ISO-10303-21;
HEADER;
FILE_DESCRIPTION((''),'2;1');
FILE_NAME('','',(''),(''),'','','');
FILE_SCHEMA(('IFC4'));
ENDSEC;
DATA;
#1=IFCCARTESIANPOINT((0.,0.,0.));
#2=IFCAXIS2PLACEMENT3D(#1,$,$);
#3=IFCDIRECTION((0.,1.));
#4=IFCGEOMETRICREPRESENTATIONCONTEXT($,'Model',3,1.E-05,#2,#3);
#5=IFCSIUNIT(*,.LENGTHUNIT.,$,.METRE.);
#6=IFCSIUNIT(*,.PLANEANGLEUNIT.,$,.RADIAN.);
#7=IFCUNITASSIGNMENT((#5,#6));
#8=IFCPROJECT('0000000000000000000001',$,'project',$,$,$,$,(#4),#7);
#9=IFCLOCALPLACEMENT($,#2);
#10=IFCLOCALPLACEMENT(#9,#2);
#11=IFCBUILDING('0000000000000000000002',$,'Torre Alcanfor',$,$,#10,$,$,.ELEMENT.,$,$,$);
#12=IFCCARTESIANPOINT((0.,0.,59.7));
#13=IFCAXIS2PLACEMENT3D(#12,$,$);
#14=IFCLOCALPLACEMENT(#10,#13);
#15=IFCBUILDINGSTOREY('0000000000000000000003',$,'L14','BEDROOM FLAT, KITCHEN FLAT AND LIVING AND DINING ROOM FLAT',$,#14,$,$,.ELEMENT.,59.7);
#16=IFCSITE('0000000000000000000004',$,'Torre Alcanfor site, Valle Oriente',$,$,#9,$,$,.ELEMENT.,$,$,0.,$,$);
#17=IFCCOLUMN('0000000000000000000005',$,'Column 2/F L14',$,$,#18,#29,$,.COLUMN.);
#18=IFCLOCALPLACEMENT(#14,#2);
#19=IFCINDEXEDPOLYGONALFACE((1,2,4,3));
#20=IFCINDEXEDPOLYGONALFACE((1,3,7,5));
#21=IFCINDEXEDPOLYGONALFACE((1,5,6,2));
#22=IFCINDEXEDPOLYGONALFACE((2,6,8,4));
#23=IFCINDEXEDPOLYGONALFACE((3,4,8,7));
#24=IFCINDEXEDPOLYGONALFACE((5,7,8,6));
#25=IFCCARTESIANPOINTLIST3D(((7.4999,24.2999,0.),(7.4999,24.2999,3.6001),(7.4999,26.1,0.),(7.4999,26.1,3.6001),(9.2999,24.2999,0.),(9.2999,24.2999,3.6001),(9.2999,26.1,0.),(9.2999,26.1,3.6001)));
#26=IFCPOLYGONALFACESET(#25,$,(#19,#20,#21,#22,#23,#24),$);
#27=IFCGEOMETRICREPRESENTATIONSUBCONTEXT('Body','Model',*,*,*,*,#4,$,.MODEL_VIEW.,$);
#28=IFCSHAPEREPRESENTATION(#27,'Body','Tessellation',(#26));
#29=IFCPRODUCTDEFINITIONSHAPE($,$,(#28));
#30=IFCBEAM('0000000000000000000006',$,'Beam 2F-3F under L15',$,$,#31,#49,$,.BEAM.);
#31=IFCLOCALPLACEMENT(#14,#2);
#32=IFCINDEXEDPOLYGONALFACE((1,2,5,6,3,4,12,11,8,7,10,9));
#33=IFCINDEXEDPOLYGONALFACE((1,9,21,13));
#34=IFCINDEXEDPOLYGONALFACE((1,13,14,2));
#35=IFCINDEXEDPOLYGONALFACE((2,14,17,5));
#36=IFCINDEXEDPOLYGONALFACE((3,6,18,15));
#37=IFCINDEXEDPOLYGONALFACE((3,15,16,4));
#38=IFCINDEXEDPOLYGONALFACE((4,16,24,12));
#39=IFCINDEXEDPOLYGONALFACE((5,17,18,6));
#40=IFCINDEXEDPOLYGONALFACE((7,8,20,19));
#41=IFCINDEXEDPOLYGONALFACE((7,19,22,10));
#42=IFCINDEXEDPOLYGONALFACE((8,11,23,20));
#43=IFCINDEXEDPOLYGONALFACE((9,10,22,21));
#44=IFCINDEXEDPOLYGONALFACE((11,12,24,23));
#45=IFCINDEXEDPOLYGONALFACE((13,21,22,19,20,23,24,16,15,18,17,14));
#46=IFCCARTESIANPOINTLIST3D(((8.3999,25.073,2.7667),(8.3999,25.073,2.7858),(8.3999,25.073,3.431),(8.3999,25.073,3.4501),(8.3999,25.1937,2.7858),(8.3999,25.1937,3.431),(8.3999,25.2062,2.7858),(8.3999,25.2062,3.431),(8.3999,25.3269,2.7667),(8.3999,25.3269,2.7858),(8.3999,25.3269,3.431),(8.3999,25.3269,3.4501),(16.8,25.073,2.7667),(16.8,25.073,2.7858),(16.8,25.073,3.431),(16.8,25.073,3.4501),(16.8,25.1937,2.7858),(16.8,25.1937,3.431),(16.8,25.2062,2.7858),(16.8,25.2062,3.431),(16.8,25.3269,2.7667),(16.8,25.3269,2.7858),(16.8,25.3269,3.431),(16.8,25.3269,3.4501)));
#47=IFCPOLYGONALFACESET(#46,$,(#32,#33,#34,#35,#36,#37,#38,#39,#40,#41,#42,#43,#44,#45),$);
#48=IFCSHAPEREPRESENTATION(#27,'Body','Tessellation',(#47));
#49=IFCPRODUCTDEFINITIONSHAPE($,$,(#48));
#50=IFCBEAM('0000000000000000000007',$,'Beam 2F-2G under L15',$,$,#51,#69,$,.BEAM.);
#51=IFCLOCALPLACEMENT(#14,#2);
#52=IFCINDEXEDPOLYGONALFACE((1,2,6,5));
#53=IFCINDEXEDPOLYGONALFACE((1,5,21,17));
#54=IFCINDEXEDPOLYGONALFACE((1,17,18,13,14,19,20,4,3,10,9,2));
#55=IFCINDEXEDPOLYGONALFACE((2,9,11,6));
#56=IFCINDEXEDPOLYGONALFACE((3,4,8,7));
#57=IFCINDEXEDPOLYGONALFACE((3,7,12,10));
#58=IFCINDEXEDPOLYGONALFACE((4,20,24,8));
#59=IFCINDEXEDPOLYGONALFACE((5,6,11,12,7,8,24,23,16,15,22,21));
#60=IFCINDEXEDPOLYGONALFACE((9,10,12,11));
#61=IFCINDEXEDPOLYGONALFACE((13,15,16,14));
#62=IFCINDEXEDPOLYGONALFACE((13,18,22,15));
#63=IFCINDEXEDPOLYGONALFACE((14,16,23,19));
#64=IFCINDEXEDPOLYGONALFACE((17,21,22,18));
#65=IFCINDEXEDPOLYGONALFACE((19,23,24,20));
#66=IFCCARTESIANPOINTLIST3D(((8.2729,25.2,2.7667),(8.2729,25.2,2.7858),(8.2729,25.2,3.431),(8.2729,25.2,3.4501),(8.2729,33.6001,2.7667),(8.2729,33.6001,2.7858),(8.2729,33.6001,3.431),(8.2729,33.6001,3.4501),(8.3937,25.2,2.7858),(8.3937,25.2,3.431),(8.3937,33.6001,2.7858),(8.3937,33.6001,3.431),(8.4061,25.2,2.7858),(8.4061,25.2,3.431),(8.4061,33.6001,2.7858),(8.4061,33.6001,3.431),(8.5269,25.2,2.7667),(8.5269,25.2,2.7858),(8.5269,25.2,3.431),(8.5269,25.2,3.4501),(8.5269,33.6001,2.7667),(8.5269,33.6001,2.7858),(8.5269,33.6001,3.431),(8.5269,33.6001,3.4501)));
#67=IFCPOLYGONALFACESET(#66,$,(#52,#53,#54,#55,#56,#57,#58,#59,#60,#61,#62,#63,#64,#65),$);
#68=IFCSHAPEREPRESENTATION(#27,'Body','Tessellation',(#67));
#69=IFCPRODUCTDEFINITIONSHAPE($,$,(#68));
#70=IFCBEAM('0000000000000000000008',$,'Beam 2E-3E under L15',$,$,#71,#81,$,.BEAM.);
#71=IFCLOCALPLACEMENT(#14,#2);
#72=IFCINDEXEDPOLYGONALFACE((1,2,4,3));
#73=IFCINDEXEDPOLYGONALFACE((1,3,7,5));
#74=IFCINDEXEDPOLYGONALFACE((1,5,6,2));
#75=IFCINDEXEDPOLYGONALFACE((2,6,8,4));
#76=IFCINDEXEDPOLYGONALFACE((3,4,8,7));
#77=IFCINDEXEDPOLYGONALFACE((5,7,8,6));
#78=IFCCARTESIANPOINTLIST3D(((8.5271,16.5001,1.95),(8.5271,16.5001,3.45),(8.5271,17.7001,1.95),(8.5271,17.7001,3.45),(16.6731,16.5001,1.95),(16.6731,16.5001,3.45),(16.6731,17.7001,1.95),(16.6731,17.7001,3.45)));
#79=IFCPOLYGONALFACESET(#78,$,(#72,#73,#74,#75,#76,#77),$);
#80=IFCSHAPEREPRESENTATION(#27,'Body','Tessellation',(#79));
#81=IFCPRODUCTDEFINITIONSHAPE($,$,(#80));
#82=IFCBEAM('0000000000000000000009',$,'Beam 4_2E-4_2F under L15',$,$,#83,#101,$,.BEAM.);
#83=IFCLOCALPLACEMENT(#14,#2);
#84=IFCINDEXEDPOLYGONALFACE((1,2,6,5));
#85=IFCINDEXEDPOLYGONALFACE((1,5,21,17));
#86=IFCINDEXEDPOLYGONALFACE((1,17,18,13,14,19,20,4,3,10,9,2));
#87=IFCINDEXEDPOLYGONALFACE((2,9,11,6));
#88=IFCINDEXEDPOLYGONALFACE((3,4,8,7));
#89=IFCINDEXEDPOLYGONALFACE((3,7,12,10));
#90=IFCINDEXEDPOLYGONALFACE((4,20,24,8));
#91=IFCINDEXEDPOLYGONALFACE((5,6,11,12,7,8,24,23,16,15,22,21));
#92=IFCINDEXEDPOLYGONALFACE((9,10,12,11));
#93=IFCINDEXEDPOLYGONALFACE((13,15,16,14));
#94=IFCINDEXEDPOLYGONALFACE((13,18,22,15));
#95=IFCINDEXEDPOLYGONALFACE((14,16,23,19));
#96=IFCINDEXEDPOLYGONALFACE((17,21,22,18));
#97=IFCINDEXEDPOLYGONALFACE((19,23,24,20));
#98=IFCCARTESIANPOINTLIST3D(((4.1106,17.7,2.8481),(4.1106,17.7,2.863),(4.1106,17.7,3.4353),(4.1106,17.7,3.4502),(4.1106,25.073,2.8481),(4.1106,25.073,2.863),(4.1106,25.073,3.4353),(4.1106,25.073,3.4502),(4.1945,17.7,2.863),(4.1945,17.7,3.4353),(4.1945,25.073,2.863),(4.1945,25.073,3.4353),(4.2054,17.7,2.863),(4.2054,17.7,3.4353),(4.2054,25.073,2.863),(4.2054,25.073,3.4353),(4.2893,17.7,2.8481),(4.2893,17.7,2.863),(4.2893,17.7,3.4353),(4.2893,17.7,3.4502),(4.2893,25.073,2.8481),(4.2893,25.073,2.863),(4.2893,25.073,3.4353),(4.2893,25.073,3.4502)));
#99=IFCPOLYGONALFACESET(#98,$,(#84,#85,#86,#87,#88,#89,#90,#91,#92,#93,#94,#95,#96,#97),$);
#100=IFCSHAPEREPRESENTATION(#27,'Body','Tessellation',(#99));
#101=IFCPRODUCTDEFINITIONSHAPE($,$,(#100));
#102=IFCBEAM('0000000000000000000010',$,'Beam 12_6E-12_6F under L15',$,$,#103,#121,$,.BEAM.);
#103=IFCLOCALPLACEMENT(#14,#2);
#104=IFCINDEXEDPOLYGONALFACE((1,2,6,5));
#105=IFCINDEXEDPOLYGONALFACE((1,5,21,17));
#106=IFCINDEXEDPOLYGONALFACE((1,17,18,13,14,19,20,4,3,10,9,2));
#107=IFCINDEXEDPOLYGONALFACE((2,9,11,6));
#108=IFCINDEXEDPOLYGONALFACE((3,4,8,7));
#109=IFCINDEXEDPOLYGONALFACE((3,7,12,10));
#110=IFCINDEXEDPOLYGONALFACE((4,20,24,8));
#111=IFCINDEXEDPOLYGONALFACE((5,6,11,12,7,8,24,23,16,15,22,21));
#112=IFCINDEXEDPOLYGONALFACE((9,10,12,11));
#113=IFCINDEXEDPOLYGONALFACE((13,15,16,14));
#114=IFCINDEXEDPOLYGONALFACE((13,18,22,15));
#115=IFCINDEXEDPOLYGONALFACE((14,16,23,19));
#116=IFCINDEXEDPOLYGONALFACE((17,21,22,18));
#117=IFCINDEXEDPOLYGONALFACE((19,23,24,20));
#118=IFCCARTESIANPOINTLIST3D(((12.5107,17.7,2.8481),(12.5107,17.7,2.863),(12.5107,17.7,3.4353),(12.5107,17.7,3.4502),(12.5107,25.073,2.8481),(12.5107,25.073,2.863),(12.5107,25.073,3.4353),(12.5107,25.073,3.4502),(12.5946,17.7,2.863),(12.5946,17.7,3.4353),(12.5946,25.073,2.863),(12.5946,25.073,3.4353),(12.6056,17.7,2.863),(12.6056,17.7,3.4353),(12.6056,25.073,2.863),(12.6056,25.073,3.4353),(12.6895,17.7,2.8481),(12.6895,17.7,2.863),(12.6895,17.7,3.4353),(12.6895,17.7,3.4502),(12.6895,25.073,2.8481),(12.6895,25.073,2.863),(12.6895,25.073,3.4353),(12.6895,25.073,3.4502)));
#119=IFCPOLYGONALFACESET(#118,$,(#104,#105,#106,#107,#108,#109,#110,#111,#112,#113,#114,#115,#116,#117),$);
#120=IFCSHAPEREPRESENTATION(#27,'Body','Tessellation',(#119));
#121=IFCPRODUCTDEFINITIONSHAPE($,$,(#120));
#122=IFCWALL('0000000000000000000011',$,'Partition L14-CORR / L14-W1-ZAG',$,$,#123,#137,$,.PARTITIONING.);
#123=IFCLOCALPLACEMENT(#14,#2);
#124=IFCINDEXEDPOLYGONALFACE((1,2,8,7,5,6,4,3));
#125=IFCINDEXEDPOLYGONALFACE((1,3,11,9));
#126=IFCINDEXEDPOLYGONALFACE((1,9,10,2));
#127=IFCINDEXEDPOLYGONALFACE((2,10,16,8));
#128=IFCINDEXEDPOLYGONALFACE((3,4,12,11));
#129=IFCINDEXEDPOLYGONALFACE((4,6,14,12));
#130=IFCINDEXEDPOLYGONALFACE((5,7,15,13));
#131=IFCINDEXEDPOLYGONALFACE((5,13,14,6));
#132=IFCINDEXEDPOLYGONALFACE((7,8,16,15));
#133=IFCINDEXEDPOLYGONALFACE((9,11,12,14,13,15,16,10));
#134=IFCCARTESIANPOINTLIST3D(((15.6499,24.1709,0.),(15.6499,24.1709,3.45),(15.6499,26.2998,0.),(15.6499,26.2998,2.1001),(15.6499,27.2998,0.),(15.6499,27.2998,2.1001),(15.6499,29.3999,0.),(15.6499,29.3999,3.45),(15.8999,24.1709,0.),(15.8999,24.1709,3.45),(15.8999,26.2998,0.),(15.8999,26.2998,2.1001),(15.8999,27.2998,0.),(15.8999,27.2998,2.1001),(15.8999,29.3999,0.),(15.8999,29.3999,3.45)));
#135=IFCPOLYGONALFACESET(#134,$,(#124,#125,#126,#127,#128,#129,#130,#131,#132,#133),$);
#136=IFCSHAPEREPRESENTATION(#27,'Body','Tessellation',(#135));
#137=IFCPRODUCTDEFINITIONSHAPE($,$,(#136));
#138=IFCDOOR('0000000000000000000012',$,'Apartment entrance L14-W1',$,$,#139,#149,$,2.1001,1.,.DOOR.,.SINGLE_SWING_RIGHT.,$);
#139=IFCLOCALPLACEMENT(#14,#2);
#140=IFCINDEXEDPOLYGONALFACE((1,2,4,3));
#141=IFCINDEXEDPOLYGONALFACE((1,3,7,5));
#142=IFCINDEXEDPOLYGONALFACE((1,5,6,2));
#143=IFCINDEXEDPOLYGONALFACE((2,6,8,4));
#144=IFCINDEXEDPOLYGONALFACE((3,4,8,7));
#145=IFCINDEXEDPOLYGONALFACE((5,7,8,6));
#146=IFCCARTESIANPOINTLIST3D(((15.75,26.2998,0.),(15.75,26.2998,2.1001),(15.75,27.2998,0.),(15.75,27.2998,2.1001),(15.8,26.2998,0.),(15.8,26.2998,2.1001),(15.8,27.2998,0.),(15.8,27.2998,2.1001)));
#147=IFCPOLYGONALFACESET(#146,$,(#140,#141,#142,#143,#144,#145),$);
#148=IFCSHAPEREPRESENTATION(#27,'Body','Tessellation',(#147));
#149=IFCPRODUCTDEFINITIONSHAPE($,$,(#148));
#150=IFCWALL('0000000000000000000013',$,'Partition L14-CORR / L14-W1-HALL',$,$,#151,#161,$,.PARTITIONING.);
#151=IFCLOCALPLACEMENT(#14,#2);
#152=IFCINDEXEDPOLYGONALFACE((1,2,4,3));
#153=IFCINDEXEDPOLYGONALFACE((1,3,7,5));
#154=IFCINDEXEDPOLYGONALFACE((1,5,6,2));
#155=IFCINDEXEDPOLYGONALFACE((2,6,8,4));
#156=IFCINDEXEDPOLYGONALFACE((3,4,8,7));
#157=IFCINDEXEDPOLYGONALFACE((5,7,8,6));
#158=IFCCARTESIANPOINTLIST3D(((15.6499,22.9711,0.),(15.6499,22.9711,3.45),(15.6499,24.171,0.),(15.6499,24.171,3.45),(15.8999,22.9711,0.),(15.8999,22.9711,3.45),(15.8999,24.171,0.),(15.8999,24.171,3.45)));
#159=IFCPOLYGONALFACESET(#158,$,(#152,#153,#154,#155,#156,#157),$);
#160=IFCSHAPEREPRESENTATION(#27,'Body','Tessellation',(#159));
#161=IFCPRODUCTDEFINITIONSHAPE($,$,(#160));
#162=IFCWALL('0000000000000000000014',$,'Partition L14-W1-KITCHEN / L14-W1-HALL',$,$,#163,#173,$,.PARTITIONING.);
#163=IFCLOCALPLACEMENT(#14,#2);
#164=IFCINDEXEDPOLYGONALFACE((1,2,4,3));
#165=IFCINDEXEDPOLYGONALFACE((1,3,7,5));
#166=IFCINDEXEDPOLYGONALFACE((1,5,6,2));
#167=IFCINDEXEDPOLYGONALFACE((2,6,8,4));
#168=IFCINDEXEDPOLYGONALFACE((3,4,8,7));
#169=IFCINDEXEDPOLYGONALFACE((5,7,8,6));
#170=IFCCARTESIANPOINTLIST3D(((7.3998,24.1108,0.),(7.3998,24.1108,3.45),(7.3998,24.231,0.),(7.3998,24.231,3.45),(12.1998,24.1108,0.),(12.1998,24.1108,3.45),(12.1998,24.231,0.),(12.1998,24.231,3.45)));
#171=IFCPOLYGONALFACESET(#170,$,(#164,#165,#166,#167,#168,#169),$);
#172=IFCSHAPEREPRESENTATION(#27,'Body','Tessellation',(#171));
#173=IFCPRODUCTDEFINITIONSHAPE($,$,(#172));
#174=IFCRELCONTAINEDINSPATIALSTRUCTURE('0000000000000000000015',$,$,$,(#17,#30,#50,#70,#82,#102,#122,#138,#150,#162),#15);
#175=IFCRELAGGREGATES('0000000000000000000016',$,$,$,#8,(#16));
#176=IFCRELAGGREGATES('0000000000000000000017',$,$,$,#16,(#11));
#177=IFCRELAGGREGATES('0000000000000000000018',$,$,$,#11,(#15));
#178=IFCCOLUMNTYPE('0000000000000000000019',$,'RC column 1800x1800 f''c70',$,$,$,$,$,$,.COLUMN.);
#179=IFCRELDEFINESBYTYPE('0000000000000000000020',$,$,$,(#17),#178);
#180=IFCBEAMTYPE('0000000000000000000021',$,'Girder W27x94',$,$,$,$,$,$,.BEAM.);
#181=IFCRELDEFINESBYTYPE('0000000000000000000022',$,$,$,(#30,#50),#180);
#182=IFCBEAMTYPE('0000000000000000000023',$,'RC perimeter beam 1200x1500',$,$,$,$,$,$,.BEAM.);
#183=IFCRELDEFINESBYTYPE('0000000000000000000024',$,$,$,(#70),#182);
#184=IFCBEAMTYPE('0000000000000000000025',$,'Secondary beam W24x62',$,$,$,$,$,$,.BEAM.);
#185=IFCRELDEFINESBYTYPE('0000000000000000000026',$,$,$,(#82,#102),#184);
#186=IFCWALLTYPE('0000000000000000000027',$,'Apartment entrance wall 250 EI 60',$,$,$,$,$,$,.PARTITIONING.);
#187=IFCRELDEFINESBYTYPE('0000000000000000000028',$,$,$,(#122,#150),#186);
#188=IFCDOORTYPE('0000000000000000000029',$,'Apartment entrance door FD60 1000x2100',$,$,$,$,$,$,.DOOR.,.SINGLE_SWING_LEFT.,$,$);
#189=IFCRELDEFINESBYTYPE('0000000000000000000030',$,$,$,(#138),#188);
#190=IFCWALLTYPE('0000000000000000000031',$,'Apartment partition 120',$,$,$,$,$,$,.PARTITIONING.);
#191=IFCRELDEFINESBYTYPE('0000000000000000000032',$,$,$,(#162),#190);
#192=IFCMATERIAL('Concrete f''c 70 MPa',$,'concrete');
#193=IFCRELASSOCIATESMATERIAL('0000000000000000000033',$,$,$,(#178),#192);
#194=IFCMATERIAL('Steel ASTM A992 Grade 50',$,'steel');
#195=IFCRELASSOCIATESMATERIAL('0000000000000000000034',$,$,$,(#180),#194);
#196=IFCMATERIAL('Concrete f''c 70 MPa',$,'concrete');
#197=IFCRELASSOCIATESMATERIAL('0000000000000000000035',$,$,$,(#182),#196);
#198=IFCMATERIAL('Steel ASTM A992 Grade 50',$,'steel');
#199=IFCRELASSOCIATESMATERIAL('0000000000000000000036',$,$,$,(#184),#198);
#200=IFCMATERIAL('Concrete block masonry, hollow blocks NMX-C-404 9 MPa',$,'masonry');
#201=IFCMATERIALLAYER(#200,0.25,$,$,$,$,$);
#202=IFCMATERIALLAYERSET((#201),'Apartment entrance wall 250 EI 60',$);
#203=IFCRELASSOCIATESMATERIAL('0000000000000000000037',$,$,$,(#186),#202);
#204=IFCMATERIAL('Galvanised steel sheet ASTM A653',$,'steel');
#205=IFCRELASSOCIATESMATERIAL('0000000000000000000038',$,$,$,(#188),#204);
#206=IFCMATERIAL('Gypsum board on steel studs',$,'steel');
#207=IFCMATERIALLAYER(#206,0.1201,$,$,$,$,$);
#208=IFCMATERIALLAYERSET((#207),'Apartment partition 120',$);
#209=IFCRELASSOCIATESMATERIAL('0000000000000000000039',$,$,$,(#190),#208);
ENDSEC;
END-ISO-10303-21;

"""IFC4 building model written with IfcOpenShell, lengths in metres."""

from ifc_helpers import new_model, si_unit, direction, frame, frame_2d, origin, origin_2d, place, context, subcontext, project, spatial, rectangle, i_section, extrude, material, layer, layer_set, material_profile, profile_set, type_object, element, fill, save


model = new_model("IFC4")

# Units and contexts
model_context = context("Model", 3, precision=1e-05, world=origin(), true_north=direction((0.0, 1.0)))
body_context = subcontext(model_context, "Body", "Model", "MODEL_VIEW")
ifc_project = project(units=[si_unit("LENGTHUNIT", "METRE"), si_unit("PLANEANGLEUNIT", "RADIAN")], contexts=[model_context])

# Site, building, storey
site_placement = place(None, origin())
site = spatial("IfcSite", under=ifc_project, at=site_placement, Name="Torre Alcanfor site, Valle Oriente", CompositionType="ELEMENT", RefElevation=0.0)
building_placement = place(site_placement, origin())
building = spatial("IfcBuilding", under=site, at=building_placement, Name="Torre Alcanfor", CompositionType="ELEMENT")
storey_placement = place(building_placement, frame((0.0, 0.0, 59.7)))
storey = spatial("IfcBuildingStorey", under=building, at=storey_placement, Name="L14", Description="BEDROOM FLAT, KITCHEN FLAT AND LIVING AND DINING ROOM FLAT", CompositionType="ELEMENT", Elevation=59.7)

# Column
ifc_material_1 = material(Name="Concrete f'c 70 MPa", Category="concrete")
ifc_material_profile_1 = material_profile(ifc_material_1, rectangle(XDim=1.8, YDim=1.8, at=origin_2d()), Name="1800x1800")
ifc_profile_set_1 = profile_set([ifc_material_profile_1], Name="Concrete f'c 70 MPa")
column_type = type_object("IfcColumnType", Name="RC column 1800x1800 f'c70", PredefinedType="COLUMN", material=ifc_profile_set_1)
column_placement = place(storey_placement, frame((8.3999, 25.2, 0.0), z_axis=(0.0, 0.0, 1.0), x_axis=(1.0, 0.0, 0.0)))
element("IfcColumn", 1, at=column_placement, inside=storey, type_object=column_type, Name="Column 2/F L14", PredefinedType="COLUMN", context=body_context, shape_type="SweptSolid", body=[
    extrude(rectangle(XDim=1.8, YDim=1.8, at=origin_2d()), origin(), (0.0, 0.0, 1.0), 3.6001),
])

# Beams
ifc_material_2 = material(Name="Steel ASTM A992 Grade 50", Category="steel")
ifc_material_profile_2 = material_profile(ifc_material_2, i_section(OverallWidth=0.2539, OverallDepth=0.6833, WebThickness=0.0125, FlangeThickness=0.019, at=origin_2d()), Name="W27x94")
ifc_profile_set_2 = profile_set([ifc_material_profile_2], Name="Steel ASTM A992 Grade 50")
beam_type_1 = type_object("IfcBeamType", Name="Girder W27x94", PredefinedType="BEAM", material=ifc_profile_set_2)
for number, where, z_axis, x_axis, name in (
    (2, (8.3999, 25.2, 3.1084), (1.0, 0.0, 0.0), (0.0, 1.0, 0.0), "Beam 2F-3F under L15"),
    (3, (8.3999, 25.2, 3.1084), (0.0, 1.0, 0.0), (-1.0, 0.0, 0.0), "Beam 2F-2G under L15"),
):
    element("IfcBeam", number, at=place(storey_placement, frame(where, z_axis=z_axis, x_axis=x_axis)), inside=storey, type_object=beam_type_1, Name=name, PredefinedType="BEAM", context=body_context, shape_type="SweptSolid", body=[
        extrude(i_section(OverallWidth=0.2539, OverallDepth=0.6833, WebThickness=0.0125, FlangeThickness=0.019, at=origin_2d()), origin(), (0.0, 0.0, 1.0), 8.4001),
    ])
ifc_material_3 = material(Name="Concrete f'c 70 MPa", Category="concrete")
ifc_material_profile_3 = material_profile(ifc_material_3, rectangle(XDim=1.2, YDim=1.5, at=origin_2d()), Name="1200x1500")
ifc_profile_set_3 = profile_set([ifc_material_profile_3], Name="Concrete f'c 70 MPa")
beam_type_2 = type_object("IfcBeamType", Name="RC perimeter beam 1200x1500", PredefinedType="BEAM", material=ifc_profile_set_3)
beam_placement = place(storey_placement, frame((8.5271, 17.1001, 2.7), z_axis=(1.0, 0.0, 0.0), x_axis=(0.0, 1.0, 0.0)))
element("IfcBeam", 4, at=beam_placement, inside=storey, type_object=beam_type_2, Name="Beam 2E-3E under L15", PredefinedType="BEAM", context=body_context, shape_type="SweptSolid", body=[
    extrude(rectangle(XDim=1.2, YDim=1.5, at=origin_2d()), origin(), (0.0, 0.0, 1.0), 8.146),
])
ifc_material_4 = material(Name="Steel ASTM A992 Grade 50", Category="steel")
ifc_material_profile_4 = material_profile(ifc_material_4, i_section(OverallWidth=0.1787, OverallDepth=0.6021, WebThickness=0.011, FlangeThickness=0.0149, at=origin_2d()), Name="W24x62")
ifc_profile_set_4 = profile_set([ifc_material_profile_4], Name="Steel ASTM A992 Grade 50")
beam_type_3 = type_object("IfcBeamType", Name="Secondary beam W24x62", PredefinedType="BEAM", material=ifc_profile_set_4)
for number, where, z_axis, x_axis, name in (
    (5, (4.2, 17.7, 3.1492), (0.0, 1.0, 0.0), (-1.0, 0.0, 0.0), "Beam 4_2E-4_2F under L15"),
    (6, (12.6001, 17.7, 3.1492), (0.0, 1.0, 0.0), (-1.0, 0.0, 0.0), "Beam 12_6E-12_6F under L15"),
):
    element("IfcBeam", number, at=place(storey_placement, frame(where, z_axis=z_axis, x_axis=x_axis)), inside=storey, type_object=beam_type_3, Name=name, PredefinedType="BEAM", context=body_context, shape_type="SweptSolid", body=[
        extrude(i_section(OverallWidth=0.1787, OverallDepth=0.6021, WebThickness=0.011, FlangeThickness=0.0149, at=origin_2d()), origin(), (0.0, 0.0, 1.0), 7.373),
    ])

# Wall, opening, door
ifc_material_5 = material(Name="Concrete block masonry, hollow blocks NMX-C-404 9 MPa", Category="masonry")
ifc_layer_1 = layer(ifc_material_5, 0.25)
ifc_layer_set_1 = layer_set([ifc_layer_1], Name="Apartment entrance wall 250 EI 60")
wall_type_1 = type_object("IfcWallType", Name="Apartment entrance wall 250 EI 60", PredefinedType="PARTITIONING", material=ifc_layer_set_1)
wall_1_placement = place(storey_placement, frame((15.7749, 24.1709, 0.0), z_axis=(0.0, 0.0, 1.0), x_axis=(0.0, 1.0, 0.0)))
wall_1 = element("IfcWall", 7, at=wall_1_placement, inside=storey, type_object=wall_type_1, Name="Partition L14-CORR / L14-W1-ZAG", PredefinedType="PARTITIONING", context=body_context, shape_type="SweptSolid", body=[
    extrude(rectangle(XDim=5.229, YDim=0.25, at=frame_2d((2.6145, 0.0))), origin(), (0.0, 0.0, 1.0), 3.45),
])
opening_1_placement = place(wall_1_placement, frame((2.1289, 0.0, 0.0)))
opening_1 = element("IfcOpeningElement", 8, at=opening_1_placement, cuts=wall_1, PredefinedType="OPENING", context=body_context, shape_type="SweptSolid", body=[
    extrude(rectangle(XDim=1.0, YDim=2.1001, at=frame_2d((0.5, 1.05))), frame((0.0, 0.135, 0.0), z_axis=(0.0, -1.0, 0.0), x_axis=(1.0, 0.0, 0.0)), (0.0, 0.0, 1.0), 0.27),
])
ifc_material_6 = material(Name="Galvanised steel sheet ASTM A653", Category="steel")
door_type_1 = type_object("IfcDoorType", Name="Apartment entrance door FD60 1000x2100", OperationType="SINGLE_SWING_LEFT", PredefinedType="DOOR", material=ifc_material_6)
door_1_placement = place(opening_1_placement, origin())
door_1 = element("IfcDoor", 9, at=door_1_placement, inside=storey, type_object=door_type_1, Name="Apartment entrance L14-W1", OperationType="SINGLE_SWING_RIGHT", OverallHeight=2.1001, OverallWidth=1.0, PredefinedType="DOOR", context=body_context, shape_type="SweptSolid", body=[
    extrude(rectangle(XDim=1.0, YDim=2.1001, at=frame_2d((0.5, 1.05))), frame((0.0, 0.0249, 0.0), z_axis=(0.0, -1.0, 0.0), x_axis=(1.0, 0.0, 0.0)), (0.0, 0.0, 1.0), 0.05),
])
fill(opening_1, door_1)

# Walls
wall_2_placement = place(storey_placement, frame((15.7749, 22.9709, 0.0), z_axis=(0.0, 0.0, 1.0), x_axis=(0.0, 1.0, 0.0)))
element("IfcWall", 10, at=wall_2_placement, inside=storey, type_object=wall_type_1, Name="Partition L14-CORR / L14-W1-HALL", PredefinedType="PARTITIONING", context=body_context, shape_type="SweptSolid", body=[
    extrude(rectangle(XDim=1.2, YDim=0.25, at=frame_2d((0.6001, 0.0))), origin(), (0.0, 0.0, 1.0), 3.45),
])
ifc_material_7 = material(Name="Gypsum board on steel studs", Category="steel")
ifc_layer_2 = layer(ifc_material_7, 0.1201)
ifc_layer_set_2 = layer_set([ifc_layer_2], Name="Apartment partition 120")
wall_type_2 = type_object("IfcWallType", Name="Apartment partition 120", PredefinedType="PARTITIONING", material=ifc_layer_set_2)
wall_3_placement = place(storey_placement, frame((7.3999, 24.1709, 0.0), z_axis=(0.0, 0.0, 1.0), x_axis=(1.0, 0.0, 0.0)))
element("IfcWall", 11, at=wall_3_placement, inside=storey, type_object=wall_type_2, Name="Partition L14-W1-KITCHEN / L14-W1-HALL", PredefinedType="PARTITIONING", context=body_context, shape_type="SweptSolid", body=[
    extrude(rectangle(XDim=4.8, YDim=0.1201, at=frame_2d((2.3999, 0.0))), origin(), (0.0, 0.0, 1.0), 3.45),
])

save(model, "model.ifc")
